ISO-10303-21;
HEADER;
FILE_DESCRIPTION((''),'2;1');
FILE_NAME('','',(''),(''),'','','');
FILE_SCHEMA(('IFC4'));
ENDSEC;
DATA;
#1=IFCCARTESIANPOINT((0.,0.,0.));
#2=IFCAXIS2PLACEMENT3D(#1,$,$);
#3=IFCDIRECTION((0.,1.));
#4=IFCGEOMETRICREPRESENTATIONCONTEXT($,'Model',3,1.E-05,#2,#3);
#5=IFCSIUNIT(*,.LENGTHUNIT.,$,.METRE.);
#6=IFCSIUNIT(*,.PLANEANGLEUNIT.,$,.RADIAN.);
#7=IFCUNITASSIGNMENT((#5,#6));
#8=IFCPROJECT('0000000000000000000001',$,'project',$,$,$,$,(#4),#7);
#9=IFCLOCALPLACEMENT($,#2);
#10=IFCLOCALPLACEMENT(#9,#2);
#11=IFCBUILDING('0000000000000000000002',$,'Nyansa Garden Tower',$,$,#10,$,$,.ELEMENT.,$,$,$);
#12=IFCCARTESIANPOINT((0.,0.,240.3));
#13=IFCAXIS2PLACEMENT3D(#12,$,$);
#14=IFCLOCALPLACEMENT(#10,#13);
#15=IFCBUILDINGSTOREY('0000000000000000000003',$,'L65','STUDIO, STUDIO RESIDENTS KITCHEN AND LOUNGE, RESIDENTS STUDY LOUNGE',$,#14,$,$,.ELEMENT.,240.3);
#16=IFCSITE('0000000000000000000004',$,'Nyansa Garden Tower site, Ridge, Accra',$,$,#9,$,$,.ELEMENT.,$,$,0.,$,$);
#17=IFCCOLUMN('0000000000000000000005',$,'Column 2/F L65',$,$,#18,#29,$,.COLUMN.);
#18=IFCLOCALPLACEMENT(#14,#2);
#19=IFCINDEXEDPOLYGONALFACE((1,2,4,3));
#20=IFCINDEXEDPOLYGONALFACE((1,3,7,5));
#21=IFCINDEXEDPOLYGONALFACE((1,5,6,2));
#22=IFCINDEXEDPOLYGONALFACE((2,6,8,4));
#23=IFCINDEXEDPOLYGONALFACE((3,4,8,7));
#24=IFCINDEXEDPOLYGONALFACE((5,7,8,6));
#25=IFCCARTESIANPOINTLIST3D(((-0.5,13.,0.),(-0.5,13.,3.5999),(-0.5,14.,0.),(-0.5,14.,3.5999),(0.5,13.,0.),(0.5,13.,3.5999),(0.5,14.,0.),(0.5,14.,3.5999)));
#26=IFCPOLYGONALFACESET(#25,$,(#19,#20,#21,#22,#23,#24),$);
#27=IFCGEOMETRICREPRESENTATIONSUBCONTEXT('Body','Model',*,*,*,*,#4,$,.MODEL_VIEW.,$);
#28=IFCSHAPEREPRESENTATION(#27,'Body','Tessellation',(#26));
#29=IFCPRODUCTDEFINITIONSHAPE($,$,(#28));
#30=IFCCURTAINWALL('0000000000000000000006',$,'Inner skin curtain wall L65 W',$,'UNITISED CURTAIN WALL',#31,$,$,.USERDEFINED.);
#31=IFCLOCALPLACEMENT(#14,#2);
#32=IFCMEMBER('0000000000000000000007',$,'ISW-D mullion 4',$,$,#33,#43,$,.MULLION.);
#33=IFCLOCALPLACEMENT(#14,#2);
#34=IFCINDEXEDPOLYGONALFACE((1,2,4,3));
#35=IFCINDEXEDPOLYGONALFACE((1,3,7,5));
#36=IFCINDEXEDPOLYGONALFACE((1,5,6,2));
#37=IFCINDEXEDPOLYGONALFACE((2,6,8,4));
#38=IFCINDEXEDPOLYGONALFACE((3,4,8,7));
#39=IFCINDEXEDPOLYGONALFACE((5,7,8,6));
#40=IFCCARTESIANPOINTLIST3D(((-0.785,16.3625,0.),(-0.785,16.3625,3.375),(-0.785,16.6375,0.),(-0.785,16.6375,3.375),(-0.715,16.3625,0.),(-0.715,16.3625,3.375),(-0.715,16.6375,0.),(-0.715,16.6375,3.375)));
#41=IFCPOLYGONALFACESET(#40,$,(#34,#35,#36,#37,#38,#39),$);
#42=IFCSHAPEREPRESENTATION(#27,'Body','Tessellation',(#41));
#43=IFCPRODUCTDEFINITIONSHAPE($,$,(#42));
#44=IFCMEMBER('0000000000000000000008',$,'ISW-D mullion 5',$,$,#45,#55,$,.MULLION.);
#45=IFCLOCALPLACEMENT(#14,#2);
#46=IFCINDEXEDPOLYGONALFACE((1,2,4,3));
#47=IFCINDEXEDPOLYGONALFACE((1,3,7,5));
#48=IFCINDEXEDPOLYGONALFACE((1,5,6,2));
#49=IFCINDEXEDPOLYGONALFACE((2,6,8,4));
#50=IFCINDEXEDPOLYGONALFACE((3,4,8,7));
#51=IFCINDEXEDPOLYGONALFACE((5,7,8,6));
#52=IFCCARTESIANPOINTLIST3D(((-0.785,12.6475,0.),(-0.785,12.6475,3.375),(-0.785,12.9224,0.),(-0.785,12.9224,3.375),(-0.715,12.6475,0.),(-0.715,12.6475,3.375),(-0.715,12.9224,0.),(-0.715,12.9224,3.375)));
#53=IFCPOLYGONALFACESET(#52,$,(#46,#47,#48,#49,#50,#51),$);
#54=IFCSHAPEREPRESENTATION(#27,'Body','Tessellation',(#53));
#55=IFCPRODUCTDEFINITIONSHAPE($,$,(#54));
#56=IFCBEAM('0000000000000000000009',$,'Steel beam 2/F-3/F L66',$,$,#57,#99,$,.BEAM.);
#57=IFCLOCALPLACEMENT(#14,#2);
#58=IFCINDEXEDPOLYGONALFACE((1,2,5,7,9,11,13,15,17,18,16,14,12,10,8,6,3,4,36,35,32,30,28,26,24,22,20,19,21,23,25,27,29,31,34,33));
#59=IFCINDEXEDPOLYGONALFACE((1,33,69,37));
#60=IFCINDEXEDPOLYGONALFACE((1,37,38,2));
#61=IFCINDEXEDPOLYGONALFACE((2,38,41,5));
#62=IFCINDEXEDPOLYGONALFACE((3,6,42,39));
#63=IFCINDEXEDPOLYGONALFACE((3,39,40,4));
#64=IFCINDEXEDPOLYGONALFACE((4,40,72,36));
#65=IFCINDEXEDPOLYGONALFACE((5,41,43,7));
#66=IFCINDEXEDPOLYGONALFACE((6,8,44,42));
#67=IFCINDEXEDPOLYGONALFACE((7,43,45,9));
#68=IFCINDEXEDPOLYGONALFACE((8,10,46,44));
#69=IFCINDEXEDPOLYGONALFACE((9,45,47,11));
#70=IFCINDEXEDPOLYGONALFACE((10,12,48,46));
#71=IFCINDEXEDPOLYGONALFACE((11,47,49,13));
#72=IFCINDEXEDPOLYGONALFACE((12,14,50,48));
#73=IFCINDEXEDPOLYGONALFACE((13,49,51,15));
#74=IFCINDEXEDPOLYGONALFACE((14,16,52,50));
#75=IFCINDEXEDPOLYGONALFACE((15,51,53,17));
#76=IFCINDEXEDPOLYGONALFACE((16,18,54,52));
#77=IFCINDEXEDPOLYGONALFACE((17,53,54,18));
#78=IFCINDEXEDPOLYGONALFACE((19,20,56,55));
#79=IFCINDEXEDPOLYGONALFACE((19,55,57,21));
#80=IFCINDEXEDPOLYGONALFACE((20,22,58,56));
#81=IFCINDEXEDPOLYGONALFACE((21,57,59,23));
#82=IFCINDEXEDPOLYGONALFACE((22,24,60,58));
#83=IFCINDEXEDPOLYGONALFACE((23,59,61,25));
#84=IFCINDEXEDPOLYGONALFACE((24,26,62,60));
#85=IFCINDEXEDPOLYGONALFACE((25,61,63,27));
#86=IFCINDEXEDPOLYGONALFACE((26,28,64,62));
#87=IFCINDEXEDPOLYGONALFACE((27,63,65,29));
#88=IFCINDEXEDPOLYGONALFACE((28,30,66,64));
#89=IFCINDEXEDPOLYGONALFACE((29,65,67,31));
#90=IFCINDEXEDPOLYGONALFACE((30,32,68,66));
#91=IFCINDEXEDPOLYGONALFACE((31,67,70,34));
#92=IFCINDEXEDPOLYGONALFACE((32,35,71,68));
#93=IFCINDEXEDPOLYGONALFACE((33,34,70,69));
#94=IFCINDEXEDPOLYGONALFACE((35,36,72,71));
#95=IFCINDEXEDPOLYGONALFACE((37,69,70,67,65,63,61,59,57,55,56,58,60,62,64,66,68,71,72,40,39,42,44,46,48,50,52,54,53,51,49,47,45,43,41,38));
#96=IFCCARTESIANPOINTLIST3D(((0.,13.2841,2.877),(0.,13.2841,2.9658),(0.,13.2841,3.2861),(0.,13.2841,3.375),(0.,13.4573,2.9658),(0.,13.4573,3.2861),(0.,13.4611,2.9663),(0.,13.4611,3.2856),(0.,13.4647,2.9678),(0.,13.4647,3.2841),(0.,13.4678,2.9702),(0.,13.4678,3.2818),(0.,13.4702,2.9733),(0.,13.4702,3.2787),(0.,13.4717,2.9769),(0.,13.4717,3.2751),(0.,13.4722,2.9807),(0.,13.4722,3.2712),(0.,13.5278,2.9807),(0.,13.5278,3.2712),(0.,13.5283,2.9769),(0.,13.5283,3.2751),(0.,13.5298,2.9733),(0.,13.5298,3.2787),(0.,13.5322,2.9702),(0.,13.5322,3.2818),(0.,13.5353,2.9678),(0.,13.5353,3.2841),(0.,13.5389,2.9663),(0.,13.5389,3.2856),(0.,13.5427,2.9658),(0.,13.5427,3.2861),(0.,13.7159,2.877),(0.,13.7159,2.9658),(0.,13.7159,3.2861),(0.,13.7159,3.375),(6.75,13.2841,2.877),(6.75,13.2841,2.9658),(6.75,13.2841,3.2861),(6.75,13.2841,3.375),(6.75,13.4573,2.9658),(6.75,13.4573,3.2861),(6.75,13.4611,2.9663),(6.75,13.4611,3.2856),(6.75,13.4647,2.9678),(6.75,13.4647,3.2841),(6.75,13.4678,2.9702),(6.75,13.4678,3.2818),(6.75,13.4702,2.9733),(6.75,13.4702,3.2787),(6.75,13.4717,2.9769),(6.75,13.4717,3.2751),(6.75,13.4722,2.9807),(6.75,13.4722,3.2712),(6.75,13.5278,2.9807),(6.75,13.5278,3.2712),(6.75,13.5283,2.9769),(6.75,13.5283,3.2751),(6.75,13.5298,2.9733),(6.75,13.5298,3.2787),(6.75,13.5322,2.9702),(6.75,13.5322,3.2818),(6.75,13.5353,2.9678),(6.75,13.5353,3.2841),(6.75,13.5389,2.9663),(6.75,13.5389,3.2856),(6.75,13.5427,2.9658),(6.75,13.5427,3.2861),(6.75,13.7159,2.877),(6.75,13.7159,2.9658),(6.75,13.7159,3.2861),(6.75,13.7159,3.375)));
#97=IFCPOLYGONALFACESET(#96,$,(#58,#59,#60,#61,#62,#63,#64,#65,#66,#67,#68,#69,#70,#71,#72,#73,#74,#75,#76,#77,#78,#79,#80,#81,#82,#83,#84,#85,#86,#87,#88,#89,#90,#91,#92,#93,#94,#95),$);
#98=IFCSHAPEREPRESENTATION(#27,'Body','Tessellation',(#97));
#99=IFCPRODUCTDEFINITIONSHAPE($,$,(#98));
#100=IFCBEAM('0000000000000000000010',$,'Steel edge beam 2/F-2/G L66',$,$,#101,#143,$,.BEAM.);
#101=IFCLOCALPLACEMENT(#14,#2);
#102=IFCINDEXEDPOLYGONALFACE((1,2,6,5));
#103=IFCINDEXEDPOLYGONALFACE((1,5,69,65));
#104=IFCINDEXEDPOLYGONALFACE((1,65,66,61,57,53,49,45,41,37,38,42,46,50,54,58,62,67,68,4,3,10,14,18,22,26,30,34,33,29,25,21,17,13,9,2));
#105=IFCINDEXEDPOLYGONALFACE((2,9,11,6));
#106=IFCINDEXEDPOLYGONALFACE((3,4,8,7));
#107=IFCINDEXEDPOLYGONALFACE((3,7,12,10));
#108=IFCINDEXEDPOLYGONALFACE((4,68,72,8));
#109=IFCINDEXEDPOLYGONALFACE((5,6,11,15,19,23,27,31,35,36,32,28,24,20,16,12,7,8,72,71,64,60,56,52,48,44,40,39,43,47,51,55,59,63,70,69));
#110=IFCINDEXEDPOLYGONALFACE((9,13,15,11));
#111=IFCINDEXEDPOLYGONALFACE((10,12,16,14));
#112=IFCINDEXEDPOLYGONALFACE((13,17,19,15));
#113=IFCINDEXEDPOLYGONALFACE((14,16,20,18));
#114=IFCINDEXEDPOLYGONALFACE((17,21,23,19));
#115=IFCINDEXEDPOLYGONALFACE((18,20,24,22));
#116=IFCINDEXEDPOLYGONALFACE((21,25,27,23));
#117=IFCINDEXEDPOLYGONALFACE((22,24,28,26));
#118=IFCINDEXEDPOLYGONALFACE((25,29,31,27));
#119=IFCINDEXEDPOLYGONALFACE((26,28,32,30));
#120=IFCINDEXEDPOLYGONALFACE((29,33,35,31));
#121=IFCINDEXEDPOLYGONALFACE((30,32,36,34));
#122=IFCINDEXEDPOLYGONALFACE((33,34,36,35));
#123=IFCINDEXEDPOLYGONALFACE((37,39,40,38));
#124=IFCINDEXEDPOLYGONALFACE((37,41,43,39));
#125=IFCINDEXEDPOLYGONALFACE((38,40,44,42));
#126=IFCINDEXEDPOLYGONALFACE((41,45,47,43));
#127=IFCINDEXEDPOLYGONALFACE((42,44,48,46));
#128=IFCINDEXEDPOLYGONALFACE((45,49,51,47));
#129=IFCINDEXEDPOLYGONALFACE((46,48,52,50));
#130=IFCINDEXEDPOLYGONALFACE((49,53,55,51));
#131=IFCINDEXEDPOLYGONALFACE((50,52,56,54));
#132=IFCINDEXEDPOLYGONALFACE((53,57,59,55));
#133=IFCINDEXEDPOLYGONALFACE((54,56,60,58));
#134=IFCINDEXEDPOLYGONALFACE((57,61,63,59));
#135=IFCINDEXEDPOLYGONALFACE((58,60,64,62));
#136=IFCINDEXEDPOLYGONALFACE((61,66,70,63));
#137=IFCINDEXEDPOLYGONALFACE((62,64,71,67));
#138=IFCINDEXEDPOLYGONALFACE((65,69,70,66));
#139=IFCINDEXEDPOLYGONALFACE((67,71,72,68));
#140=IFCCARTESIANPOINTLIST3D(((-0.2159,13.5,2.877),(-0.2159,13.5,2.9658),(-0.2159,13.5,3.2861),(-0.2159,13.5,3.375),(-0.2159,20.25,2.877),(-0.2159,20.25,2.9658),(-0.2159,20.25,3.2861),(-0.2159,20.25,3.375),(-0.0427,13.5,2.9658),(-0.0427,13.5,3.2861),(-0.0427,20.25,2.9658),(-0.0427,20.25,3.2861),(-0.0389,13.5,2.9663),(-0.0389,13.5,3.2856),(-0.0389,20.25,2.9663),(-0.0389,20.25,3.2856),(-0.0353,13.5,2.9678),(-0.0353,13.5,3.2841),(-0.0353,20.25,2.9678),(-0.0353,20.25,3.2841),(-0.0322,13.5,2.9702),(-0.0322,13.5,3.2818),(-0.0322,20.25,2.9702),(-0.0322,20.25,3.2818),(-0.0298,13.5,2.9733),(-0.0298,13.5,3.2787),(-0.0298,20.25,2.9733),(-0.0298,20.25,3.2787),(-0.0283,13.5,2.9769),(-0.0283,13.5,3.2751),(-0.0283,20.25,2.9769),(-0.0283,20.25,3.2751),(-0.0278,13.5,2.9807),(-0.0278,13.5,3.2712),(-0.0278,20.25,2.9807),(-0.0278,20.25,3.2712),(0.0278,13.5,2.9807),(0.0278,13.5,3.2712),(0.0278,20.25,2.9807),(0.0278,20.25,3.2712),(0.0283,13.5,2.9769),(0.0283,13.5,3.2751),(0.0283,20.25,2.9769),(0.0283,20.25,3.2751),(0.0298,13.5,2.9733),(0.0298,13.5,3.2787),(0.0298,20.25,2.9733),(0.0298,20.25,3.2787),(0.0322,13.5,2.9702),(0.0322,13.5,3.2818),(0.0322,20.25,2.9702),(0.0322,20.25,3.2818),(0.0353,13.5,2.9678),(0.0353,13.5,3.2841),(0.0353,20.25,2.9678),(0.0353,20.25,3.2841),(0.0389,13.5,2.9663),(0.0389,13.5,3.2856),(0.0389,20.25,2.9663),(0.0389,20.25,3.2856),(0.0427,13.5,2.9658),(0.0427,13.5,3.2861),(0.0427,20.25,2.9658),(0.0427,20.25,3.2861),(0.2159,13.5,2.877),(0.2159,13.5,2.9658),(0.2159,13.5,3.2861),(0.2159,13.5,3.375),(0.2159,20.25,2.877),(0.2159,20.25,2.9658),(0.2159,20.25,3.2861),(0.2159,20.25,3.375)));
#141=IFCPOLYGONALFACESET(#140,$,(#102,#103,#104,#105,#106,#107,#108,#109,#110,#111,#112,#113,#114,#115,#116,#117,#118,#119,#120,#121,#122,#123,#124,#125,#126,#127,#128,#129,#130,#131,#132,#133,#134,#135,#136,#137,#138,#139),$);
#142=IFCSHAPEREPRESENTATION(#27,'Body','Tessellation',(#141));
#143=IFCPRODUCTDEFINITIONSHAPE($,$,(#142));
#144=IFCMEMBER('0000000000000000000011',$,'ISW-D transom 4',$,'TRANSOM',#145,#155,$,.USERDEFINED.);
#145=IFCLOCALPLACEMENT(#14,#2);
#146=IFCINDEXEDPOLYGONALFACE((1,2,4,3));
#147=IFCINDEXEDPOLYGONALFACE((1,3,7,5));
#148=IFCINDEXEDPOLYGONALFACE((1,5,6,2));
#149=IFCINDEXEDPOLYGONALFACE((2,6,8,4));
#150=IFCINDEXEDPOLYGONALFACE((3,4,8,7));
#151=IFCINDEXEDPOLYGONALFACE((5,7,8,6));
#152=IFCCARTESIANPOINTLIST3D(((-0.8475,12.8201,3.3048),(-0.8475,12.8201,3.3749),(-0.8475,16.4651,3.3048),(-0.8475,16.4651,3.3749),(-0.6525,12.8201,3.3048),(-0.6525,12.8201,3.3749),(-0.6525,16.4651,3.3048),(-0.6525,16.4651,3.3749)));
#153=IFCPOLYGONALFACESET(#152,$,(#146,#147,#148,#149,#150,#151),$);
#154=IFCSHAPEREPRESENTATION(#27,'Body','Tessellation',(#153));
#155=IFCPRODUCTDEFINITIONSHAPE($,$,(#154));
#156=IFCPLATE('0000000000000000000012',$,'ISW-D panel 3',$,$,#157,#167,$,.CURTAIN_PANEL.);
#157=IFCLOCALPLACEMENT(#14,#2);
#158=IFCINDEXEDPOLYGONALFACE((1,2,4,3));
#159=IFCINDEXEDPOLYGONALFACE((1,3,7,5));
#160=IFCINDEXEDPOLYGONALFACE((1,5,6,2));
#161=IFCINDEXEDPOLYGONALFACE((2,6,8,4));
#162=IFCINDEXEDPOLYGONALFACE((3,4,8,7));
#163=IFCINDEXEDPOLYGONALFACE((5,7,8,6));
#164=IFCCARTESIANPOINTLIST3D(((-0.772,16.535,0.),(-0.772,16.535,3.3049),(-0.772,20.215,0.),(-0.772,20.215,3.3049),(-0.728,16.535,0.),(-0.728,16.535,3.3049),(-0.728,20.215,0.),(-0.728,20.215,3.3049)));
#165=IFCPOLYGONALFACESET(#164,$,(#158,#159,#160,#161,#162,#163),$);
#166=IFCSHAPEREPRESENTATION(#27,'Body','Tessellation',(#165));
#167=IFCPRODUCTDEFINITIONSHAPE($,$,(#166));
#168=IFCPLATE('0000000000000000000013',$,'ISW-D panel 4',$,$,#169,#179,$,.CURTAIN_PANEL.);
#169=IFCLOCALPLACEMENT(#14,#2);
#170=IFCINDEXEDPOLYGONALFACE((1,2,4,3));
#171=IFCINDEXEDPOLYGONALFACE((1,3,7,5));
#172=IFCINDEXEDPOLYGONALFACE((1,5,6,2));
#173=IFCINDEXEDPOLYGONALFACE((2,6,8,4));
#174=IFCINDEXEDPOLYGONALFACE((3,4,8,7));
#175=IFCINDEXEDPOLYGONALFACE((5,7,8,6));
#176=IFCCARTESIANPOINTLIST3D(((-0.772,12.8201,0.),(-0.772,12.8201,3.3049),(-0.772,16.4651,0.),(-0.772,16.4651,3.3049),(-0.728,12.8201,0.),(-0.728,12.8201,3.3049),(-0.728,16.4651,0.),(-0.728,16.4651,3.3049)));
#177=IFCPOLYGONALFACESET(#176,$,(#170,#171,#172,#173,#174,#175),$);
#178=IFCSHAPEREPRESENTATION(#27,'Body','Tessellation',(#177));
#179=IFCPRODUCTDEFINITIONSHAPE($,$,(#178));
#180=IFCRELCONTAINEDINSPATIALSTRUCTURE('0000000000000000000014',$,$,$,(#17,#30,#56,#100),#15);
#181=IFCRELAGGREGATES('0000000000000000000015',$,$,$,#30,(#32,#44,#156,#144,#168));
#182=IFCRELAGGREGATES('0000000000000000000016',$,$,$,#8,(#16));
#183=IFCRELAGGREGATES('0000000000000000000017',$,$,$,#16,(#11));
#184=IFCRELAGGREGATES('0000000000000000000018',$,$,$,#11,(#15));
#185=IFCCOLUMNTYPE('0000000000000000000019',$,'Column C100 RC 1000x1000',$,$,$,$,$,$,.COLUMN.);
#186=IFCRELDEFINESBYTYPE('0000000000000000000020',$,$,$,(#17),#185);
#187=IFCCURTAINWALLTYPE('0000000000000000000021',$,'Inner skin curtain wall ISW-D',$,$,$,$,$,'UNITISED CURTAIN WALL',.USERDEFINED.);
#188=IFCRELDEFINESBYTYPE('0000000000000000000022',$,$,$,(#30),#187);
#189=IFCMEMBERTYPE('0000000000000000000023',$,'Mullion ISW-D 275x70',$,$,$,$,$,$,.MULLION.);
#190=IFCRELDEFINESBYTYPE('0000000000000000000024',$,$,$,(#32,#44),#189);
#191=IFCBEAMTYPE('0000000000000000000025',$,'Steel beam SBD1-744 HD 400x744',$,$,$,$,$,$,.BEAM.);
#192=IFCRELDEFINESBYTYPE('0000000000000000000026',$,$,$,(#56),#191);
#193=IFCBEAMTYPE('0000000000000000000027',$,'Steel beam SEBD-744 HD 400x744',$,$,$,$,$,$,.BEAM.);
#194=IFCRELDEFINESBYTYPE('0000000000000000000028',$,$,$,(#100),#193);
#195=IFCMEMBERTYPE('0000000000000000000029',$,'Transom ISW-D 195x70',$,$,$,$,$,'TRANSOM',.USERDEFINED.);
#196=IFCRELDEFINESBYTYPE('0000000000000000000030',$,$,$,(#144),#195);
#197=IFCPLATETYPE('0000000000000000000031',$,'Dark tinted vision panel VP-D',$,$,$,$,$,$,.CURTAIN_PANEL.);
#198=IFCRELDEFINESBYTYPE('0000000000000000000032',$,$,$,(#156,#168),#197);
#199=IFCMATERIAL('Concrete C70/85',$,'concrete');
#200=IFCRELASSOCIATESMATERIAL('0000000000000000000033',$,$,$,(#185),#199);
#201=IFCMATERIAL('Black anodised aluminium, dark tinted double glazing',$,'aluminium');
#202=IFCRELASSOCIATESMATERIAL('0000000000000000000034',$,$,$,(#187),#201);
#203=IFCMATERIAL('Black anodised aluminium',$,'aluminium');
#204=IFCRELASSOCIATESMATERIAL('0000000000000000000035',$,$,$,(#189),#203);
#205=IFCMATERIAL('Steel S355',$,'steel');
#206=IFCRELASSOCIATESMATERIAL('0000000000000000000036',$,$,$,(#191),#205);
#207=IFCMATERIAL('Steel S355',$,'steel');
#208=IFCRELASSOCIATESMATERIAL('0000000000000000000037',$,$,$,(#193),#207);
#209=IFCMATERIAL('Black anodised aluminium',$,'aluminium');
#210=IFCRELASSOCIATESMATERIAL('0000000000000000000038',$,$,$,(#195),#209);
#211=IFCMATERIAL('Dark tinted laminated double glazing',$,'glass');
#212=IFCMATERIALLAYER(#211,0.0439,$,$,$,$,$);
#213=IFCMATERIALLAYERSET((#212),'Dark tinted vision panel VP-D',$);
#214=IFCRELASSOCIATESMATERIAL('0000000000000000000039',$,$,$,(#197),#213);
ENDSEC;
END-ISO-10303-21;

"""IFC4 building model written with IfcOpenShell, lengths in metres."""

from ifc_helpers import new_model, si_unit, direction, frame, origin, origin_2d, place, context, subcontext, project, spatial, rectangle, i_section, extrude, material, layer, layer_set, material_profile, profile_set, type_object, element, aggregate, save


model = new_model("IFC4")

# Units and contexts
model_context = context("Model", 3, precision=1e-05, world=origin(), true_north=direction((0.0, 1.0)))
body_context = subcontext(model_context, "Body", "Model", "MODEL_VIEW")
ifc_project = project(units=[si_unit("LENGTHUNIT", "METRE"), si_unit("PLANEANGLEUNIT", "RADIAN")], contexts=[model_context])

# Site, building, storey
site_placement = place(None, origin())
site = spatial("IfcSite", under=ifc_project, at=site_placement, Name="Nyansa Garden Tower site, Ridge, Accra", CompositionType="ELEMENT", RefElevation=0.0)
building_placement = place(site_placement, origin())
building = spatial("IfcBuilding", under=site, at=building_placement, Name="Nyansa Garden Tower", CompositionType="ELEMENT")
storey_placement = place(building_placement, frame((0.0, 0.0, 240.3)))
storey = spatial("IfcBuildingStorey", under=building, at=storey_placement, Name="L65", Description="STUDIO, STUDIO RESIDENTS KITCHEN AND LOUNGE, RESIDENTS STUDY LOUNGE", CompositionType="ELEMENT", Elevation=240.3)

# Column
ifc_material_1 = material(Name="Concrete C70/85", Category="concrete")
ifc_material_profile_1 = material_profile(ifc_material_1, rectangle(XDim=1.0, YDim=1.0, at=origin_2d()), Name="RC 1000x1000")
ifc_profile_set_1 = profile_set([ifc_material_profile_1], Name="Concrete C70/85")
column_type = type_object("IfcColumnType", Name="Column C100 RC 1000x1000", PredefinedType="COLUMN", material=ifc_profile_set_1)
column_placement = place(storey_placement, frame((0.0, 13.5, 0.0), z_axis=(0.0, 0.0, 1.0), x_axis=(1.0, 0.0, 0.0)))
element("IfcColumn", 1, at=column_placement, inside=storey, type_object=column_type, Name="Column 2/F L65", PredefinedType="COLUMN", context=body_context, shape_type="SweptSolid", body=[
    extrude(rectangle(XDim=1.0, YDim=1.0, at=origin_2d()), origin(), (0.0, 0.0, 1.0), 3.5999),
])

# Curtain wall, members
ifc_material_2 = material(Name="Black anodised aluminium, dark tinted double glazing", Category="aluminium")
curtain_wall_type = type_object("IfcCurtainWallType", Name="Inner skin curtain wall ISW-D", ElementType="UNITISED CURTAIN WALL", PredefinedType="USERDEFINED", material=ifc_material_2)
curtain_wall_placement = place(storey_placement, origin())
curtain_wall = element("IfcCurtainWall", 2, at=curtain_wall_placement, inside=storey, type_object=curtain_wall_type, Name="Inner skin curtain wall L65 W", ObjectType="UNITISED CURTAIN WALL", PredefinedType="USERDEFINED")
ifc_material_3 = material(Name="Black anodised aluminium", Category="aluminium")
ifc_material_profile_2 = material_profile(ifc_material_3, rectangle(XDim=0.0701, YDim=0.2749, at=origin_2d()), Name="Mullion 275x70")
ifc_profile_set_2 = profile_set([ifc_material_profile_2], Name="Black anodised aluminium")
member_type_1 = type_object("IfcMemberType", Name="Mullion ISW-D 275x70", PredefinedType="MULLION", material=ifc_profile_set_2)
member_1_placement = place(storey_placement, frame((-0.75, 16.5, 0.0), z_axis=(0.0, 0.0, 1.0), x_axis=(1.0, 0.0, 0.0)))
member_1 = element("IfcMember", 3, at=member_1_placement, type_object=member_type_1, Name="ISW-D mullion 4", PredefinedType="MULLION", context=body_context, shape_type="SweptSolid", body=[
    extrude(rectangle(XDim=0.0701, YDim=0.2749, at=origin_2d()), origin(), (0.0, 0.0, 1.0), 3.375),
])
member_2_placement = place(storey_placement, frame((-0.75, 12.7849, 0.0), z_axis=(0.0, 0.0, 1.0), x_axis=(1.0, 0.0, 0.0)))
member_2 = element("IfcMember", 4, at=member_2_placement, type_object=member_type_1, Name="ISW-D mullion 5", PredefinedType="MULLION", context=body_context, shape_type="SweptSolid", body=[
    extrude(rectangle(XDim=0.0701, YDim=0.2749, at=origin_2d()), origin(), (0.0, 0.0, 1.0), 3.375),
])

# Beams
ifc_material_4 = material(Name="Steel S355", Category="steel")
ifc_material_profile_3 = material_profile(ifc_material_4, i_section(OverallWidth=0.4319, OverallDepth=0.498, WebThickness=0.0557, FlangeThickness=0.0889, FilletRadius=0.0149, at=origin_2d()), Name="HD 400x744")
ifc_profile_set_3 = profile_set([ifc_material_profile_3], Name="Steel S355")
beam_type_1 = type_object("IfcBeamType", Name="Steel beam SBD1-744 HD 400x744", PredefinedType="BEAM", material=ifc_profile_set_3)
beam_1_placement = place(storey_placement, frame((0.0, 13.5, 3.126), z_axis=(1.0, 0.0, 0.0), x_axis=(0.0, 1.0, 0.0)))
element("IfcBeam", 5, at=beam_1_placement, inside=storey, type_object=beam_type_1, Name="Steel beam 2/F-3/F L66", PredefinedType="BEAM", context=body_context, shape_type="SweptSolid", body=[
    extrude(i_section(OverallWidth=0.4319, OverallDepth=0.498, WebThickness=0.0557, FlangeThickness=0.0889, FilletRadius=0.0149, at=origin_2d()), origin(), (0.0, 0.0, 1.0), 6.75),
])
ifc_material_5 = material(Name="Steel S355", Category="steel")
ifc_material_profile_4 = material_profile(ifc_material_5, i_section(OverallWidth=0.4319, OverallDepth=0.498, WebThickness=0.0557, FlangeThickness=0.0889, FilletRadius=0.0149, at=origin_2d()), Name="HD 400x744")
ifc_profile_set_4 = profile_set([ifc_material_profile_4], Name="Steel S355")
beam_type_2 = type_object("IfcBeamType", Name="Steel beam SEBD-744 HD 400x744", PredefinedType="BEAM", material=ifc_profile_set_4)
beam_2_placement = place(storey_placement, frame((0.0, 13.5, 3.126), z_axis=(0.0, 1.0, 0.0), x_axis=(-1.0, 0.0, 0.0)))
element("IfcBeam", 6, at=beam_2_placement, inside=storey, type_object=beam_type_2, Name="Steel edge beam 2/F-2/G L66", PredefinedType="BEAM", context=body_context, shape_type="SweptSolid", body=[
    extrude(i_section(OverallWidth=0.4319, OverallDepth=0.498, WebThickness=0.0557, FlangeThickness=0.0889, FilletRadius=0.0149, at=origin_2d()), origin(), (0.0, 0.0, 1.0), 6.75),
])

# Member
ifc_material_6 = material(Name="Black anodised aluminium", Category="aluminium")
ifc_material_profile_5 = material_profile(ifc_material_6, rectangle(XDim=0.1951, YDim=0.0701, at=origin_2d()), Name="Transom 195x70")
ifc_profile_set_5 = profile_set([ifc_material_profile_5], Name="Black anodised aluminium")
member_type_2 = type_object("IfcMemberType", Name="Transom ISW-D 195x70", ElementType="TRANSOM", PredefinedType="USERDEFINED", material=ifc_profile_set_5)
member_3_placement = place(storey_placement, frame((-0.75, 16.4651, 3.3398), z_axis=(0.0, -1.0, 0.0), x_axis=(1.0, 0.0, 0.0)))
member_3 = element("IfcMember", 7, at=member_3_placement, type_object=member_type_2, Name="ISW-D transom 4", ObjectType="TRANSOM", PredefinedType="USERDEFINED", context=body_context, shape_type="SweptSolid", body=[
    extrude(rectangle(XDim=0.1951, YDim=0.0701, at=origin_2d()), origin(), (0.0, 0.0, 1.0), 3.645),
])

# Plates
ifc_material_7 = material(Name="Dark tinted laminated double glazing", Category="glass")
ifc_layer_1 = layer(ifc_material_7, 0.0439)
ifc_layer_set_1 = layer_set([ifc_layer_1], Name="Dark tinted vision panel VP-D")
plate_type = type_object("IfcPlateType", Name="Dark tinted vision panel VP-D", PredefinedType="CURTAIN_PANEL", material=ifc_layer_set_1)
plate_1_placement = place(storey_placement, frame((-0.75, 18.375, 0.0), z_axis=(0.0, 0.0, 1.0), x_axis=(0.0, -1.0, 0.0)))
plate_1 = element("IfcPlate", 8, at=plate_1_placement, type_object=plate_type, Name="ISW-D panel 3", PredefinedType="CURTAIN_PANEL", context=body_context, shape_type="SweptSolid", body=[
    extrude(rectangle(XDim=3.6799, YDim=0.0439, at=origin_2d()), origin(), (0.0, 0.0, 1.0), 3.3049),
])
plate_2_placement = place(storey_placement, frame((-0.75, 14.6426, 0.0), z_axis=(0.0, 0.0, 1.0), x_axis=(0.0, -1.0, 0.0)))
plate_2 = element("IfcPlate", 9, at=plate_2_placement, type_object=plate_type, Name="ISW-D panel 4", PredefinedType="CURTAIN_PANEL", context=body_context, shape_type="SweptSolid", body=[
    extrude(rectangle(XDim=3.645, YDim=0.0439, at=origin_2d()), origin(), (0.0, 0.0, 1.0), 3.3049),
])
aggregate(curtain_wall, [member_1, member_2, plate_1, member_3, plate_2])

save(model, "model.ifc")
